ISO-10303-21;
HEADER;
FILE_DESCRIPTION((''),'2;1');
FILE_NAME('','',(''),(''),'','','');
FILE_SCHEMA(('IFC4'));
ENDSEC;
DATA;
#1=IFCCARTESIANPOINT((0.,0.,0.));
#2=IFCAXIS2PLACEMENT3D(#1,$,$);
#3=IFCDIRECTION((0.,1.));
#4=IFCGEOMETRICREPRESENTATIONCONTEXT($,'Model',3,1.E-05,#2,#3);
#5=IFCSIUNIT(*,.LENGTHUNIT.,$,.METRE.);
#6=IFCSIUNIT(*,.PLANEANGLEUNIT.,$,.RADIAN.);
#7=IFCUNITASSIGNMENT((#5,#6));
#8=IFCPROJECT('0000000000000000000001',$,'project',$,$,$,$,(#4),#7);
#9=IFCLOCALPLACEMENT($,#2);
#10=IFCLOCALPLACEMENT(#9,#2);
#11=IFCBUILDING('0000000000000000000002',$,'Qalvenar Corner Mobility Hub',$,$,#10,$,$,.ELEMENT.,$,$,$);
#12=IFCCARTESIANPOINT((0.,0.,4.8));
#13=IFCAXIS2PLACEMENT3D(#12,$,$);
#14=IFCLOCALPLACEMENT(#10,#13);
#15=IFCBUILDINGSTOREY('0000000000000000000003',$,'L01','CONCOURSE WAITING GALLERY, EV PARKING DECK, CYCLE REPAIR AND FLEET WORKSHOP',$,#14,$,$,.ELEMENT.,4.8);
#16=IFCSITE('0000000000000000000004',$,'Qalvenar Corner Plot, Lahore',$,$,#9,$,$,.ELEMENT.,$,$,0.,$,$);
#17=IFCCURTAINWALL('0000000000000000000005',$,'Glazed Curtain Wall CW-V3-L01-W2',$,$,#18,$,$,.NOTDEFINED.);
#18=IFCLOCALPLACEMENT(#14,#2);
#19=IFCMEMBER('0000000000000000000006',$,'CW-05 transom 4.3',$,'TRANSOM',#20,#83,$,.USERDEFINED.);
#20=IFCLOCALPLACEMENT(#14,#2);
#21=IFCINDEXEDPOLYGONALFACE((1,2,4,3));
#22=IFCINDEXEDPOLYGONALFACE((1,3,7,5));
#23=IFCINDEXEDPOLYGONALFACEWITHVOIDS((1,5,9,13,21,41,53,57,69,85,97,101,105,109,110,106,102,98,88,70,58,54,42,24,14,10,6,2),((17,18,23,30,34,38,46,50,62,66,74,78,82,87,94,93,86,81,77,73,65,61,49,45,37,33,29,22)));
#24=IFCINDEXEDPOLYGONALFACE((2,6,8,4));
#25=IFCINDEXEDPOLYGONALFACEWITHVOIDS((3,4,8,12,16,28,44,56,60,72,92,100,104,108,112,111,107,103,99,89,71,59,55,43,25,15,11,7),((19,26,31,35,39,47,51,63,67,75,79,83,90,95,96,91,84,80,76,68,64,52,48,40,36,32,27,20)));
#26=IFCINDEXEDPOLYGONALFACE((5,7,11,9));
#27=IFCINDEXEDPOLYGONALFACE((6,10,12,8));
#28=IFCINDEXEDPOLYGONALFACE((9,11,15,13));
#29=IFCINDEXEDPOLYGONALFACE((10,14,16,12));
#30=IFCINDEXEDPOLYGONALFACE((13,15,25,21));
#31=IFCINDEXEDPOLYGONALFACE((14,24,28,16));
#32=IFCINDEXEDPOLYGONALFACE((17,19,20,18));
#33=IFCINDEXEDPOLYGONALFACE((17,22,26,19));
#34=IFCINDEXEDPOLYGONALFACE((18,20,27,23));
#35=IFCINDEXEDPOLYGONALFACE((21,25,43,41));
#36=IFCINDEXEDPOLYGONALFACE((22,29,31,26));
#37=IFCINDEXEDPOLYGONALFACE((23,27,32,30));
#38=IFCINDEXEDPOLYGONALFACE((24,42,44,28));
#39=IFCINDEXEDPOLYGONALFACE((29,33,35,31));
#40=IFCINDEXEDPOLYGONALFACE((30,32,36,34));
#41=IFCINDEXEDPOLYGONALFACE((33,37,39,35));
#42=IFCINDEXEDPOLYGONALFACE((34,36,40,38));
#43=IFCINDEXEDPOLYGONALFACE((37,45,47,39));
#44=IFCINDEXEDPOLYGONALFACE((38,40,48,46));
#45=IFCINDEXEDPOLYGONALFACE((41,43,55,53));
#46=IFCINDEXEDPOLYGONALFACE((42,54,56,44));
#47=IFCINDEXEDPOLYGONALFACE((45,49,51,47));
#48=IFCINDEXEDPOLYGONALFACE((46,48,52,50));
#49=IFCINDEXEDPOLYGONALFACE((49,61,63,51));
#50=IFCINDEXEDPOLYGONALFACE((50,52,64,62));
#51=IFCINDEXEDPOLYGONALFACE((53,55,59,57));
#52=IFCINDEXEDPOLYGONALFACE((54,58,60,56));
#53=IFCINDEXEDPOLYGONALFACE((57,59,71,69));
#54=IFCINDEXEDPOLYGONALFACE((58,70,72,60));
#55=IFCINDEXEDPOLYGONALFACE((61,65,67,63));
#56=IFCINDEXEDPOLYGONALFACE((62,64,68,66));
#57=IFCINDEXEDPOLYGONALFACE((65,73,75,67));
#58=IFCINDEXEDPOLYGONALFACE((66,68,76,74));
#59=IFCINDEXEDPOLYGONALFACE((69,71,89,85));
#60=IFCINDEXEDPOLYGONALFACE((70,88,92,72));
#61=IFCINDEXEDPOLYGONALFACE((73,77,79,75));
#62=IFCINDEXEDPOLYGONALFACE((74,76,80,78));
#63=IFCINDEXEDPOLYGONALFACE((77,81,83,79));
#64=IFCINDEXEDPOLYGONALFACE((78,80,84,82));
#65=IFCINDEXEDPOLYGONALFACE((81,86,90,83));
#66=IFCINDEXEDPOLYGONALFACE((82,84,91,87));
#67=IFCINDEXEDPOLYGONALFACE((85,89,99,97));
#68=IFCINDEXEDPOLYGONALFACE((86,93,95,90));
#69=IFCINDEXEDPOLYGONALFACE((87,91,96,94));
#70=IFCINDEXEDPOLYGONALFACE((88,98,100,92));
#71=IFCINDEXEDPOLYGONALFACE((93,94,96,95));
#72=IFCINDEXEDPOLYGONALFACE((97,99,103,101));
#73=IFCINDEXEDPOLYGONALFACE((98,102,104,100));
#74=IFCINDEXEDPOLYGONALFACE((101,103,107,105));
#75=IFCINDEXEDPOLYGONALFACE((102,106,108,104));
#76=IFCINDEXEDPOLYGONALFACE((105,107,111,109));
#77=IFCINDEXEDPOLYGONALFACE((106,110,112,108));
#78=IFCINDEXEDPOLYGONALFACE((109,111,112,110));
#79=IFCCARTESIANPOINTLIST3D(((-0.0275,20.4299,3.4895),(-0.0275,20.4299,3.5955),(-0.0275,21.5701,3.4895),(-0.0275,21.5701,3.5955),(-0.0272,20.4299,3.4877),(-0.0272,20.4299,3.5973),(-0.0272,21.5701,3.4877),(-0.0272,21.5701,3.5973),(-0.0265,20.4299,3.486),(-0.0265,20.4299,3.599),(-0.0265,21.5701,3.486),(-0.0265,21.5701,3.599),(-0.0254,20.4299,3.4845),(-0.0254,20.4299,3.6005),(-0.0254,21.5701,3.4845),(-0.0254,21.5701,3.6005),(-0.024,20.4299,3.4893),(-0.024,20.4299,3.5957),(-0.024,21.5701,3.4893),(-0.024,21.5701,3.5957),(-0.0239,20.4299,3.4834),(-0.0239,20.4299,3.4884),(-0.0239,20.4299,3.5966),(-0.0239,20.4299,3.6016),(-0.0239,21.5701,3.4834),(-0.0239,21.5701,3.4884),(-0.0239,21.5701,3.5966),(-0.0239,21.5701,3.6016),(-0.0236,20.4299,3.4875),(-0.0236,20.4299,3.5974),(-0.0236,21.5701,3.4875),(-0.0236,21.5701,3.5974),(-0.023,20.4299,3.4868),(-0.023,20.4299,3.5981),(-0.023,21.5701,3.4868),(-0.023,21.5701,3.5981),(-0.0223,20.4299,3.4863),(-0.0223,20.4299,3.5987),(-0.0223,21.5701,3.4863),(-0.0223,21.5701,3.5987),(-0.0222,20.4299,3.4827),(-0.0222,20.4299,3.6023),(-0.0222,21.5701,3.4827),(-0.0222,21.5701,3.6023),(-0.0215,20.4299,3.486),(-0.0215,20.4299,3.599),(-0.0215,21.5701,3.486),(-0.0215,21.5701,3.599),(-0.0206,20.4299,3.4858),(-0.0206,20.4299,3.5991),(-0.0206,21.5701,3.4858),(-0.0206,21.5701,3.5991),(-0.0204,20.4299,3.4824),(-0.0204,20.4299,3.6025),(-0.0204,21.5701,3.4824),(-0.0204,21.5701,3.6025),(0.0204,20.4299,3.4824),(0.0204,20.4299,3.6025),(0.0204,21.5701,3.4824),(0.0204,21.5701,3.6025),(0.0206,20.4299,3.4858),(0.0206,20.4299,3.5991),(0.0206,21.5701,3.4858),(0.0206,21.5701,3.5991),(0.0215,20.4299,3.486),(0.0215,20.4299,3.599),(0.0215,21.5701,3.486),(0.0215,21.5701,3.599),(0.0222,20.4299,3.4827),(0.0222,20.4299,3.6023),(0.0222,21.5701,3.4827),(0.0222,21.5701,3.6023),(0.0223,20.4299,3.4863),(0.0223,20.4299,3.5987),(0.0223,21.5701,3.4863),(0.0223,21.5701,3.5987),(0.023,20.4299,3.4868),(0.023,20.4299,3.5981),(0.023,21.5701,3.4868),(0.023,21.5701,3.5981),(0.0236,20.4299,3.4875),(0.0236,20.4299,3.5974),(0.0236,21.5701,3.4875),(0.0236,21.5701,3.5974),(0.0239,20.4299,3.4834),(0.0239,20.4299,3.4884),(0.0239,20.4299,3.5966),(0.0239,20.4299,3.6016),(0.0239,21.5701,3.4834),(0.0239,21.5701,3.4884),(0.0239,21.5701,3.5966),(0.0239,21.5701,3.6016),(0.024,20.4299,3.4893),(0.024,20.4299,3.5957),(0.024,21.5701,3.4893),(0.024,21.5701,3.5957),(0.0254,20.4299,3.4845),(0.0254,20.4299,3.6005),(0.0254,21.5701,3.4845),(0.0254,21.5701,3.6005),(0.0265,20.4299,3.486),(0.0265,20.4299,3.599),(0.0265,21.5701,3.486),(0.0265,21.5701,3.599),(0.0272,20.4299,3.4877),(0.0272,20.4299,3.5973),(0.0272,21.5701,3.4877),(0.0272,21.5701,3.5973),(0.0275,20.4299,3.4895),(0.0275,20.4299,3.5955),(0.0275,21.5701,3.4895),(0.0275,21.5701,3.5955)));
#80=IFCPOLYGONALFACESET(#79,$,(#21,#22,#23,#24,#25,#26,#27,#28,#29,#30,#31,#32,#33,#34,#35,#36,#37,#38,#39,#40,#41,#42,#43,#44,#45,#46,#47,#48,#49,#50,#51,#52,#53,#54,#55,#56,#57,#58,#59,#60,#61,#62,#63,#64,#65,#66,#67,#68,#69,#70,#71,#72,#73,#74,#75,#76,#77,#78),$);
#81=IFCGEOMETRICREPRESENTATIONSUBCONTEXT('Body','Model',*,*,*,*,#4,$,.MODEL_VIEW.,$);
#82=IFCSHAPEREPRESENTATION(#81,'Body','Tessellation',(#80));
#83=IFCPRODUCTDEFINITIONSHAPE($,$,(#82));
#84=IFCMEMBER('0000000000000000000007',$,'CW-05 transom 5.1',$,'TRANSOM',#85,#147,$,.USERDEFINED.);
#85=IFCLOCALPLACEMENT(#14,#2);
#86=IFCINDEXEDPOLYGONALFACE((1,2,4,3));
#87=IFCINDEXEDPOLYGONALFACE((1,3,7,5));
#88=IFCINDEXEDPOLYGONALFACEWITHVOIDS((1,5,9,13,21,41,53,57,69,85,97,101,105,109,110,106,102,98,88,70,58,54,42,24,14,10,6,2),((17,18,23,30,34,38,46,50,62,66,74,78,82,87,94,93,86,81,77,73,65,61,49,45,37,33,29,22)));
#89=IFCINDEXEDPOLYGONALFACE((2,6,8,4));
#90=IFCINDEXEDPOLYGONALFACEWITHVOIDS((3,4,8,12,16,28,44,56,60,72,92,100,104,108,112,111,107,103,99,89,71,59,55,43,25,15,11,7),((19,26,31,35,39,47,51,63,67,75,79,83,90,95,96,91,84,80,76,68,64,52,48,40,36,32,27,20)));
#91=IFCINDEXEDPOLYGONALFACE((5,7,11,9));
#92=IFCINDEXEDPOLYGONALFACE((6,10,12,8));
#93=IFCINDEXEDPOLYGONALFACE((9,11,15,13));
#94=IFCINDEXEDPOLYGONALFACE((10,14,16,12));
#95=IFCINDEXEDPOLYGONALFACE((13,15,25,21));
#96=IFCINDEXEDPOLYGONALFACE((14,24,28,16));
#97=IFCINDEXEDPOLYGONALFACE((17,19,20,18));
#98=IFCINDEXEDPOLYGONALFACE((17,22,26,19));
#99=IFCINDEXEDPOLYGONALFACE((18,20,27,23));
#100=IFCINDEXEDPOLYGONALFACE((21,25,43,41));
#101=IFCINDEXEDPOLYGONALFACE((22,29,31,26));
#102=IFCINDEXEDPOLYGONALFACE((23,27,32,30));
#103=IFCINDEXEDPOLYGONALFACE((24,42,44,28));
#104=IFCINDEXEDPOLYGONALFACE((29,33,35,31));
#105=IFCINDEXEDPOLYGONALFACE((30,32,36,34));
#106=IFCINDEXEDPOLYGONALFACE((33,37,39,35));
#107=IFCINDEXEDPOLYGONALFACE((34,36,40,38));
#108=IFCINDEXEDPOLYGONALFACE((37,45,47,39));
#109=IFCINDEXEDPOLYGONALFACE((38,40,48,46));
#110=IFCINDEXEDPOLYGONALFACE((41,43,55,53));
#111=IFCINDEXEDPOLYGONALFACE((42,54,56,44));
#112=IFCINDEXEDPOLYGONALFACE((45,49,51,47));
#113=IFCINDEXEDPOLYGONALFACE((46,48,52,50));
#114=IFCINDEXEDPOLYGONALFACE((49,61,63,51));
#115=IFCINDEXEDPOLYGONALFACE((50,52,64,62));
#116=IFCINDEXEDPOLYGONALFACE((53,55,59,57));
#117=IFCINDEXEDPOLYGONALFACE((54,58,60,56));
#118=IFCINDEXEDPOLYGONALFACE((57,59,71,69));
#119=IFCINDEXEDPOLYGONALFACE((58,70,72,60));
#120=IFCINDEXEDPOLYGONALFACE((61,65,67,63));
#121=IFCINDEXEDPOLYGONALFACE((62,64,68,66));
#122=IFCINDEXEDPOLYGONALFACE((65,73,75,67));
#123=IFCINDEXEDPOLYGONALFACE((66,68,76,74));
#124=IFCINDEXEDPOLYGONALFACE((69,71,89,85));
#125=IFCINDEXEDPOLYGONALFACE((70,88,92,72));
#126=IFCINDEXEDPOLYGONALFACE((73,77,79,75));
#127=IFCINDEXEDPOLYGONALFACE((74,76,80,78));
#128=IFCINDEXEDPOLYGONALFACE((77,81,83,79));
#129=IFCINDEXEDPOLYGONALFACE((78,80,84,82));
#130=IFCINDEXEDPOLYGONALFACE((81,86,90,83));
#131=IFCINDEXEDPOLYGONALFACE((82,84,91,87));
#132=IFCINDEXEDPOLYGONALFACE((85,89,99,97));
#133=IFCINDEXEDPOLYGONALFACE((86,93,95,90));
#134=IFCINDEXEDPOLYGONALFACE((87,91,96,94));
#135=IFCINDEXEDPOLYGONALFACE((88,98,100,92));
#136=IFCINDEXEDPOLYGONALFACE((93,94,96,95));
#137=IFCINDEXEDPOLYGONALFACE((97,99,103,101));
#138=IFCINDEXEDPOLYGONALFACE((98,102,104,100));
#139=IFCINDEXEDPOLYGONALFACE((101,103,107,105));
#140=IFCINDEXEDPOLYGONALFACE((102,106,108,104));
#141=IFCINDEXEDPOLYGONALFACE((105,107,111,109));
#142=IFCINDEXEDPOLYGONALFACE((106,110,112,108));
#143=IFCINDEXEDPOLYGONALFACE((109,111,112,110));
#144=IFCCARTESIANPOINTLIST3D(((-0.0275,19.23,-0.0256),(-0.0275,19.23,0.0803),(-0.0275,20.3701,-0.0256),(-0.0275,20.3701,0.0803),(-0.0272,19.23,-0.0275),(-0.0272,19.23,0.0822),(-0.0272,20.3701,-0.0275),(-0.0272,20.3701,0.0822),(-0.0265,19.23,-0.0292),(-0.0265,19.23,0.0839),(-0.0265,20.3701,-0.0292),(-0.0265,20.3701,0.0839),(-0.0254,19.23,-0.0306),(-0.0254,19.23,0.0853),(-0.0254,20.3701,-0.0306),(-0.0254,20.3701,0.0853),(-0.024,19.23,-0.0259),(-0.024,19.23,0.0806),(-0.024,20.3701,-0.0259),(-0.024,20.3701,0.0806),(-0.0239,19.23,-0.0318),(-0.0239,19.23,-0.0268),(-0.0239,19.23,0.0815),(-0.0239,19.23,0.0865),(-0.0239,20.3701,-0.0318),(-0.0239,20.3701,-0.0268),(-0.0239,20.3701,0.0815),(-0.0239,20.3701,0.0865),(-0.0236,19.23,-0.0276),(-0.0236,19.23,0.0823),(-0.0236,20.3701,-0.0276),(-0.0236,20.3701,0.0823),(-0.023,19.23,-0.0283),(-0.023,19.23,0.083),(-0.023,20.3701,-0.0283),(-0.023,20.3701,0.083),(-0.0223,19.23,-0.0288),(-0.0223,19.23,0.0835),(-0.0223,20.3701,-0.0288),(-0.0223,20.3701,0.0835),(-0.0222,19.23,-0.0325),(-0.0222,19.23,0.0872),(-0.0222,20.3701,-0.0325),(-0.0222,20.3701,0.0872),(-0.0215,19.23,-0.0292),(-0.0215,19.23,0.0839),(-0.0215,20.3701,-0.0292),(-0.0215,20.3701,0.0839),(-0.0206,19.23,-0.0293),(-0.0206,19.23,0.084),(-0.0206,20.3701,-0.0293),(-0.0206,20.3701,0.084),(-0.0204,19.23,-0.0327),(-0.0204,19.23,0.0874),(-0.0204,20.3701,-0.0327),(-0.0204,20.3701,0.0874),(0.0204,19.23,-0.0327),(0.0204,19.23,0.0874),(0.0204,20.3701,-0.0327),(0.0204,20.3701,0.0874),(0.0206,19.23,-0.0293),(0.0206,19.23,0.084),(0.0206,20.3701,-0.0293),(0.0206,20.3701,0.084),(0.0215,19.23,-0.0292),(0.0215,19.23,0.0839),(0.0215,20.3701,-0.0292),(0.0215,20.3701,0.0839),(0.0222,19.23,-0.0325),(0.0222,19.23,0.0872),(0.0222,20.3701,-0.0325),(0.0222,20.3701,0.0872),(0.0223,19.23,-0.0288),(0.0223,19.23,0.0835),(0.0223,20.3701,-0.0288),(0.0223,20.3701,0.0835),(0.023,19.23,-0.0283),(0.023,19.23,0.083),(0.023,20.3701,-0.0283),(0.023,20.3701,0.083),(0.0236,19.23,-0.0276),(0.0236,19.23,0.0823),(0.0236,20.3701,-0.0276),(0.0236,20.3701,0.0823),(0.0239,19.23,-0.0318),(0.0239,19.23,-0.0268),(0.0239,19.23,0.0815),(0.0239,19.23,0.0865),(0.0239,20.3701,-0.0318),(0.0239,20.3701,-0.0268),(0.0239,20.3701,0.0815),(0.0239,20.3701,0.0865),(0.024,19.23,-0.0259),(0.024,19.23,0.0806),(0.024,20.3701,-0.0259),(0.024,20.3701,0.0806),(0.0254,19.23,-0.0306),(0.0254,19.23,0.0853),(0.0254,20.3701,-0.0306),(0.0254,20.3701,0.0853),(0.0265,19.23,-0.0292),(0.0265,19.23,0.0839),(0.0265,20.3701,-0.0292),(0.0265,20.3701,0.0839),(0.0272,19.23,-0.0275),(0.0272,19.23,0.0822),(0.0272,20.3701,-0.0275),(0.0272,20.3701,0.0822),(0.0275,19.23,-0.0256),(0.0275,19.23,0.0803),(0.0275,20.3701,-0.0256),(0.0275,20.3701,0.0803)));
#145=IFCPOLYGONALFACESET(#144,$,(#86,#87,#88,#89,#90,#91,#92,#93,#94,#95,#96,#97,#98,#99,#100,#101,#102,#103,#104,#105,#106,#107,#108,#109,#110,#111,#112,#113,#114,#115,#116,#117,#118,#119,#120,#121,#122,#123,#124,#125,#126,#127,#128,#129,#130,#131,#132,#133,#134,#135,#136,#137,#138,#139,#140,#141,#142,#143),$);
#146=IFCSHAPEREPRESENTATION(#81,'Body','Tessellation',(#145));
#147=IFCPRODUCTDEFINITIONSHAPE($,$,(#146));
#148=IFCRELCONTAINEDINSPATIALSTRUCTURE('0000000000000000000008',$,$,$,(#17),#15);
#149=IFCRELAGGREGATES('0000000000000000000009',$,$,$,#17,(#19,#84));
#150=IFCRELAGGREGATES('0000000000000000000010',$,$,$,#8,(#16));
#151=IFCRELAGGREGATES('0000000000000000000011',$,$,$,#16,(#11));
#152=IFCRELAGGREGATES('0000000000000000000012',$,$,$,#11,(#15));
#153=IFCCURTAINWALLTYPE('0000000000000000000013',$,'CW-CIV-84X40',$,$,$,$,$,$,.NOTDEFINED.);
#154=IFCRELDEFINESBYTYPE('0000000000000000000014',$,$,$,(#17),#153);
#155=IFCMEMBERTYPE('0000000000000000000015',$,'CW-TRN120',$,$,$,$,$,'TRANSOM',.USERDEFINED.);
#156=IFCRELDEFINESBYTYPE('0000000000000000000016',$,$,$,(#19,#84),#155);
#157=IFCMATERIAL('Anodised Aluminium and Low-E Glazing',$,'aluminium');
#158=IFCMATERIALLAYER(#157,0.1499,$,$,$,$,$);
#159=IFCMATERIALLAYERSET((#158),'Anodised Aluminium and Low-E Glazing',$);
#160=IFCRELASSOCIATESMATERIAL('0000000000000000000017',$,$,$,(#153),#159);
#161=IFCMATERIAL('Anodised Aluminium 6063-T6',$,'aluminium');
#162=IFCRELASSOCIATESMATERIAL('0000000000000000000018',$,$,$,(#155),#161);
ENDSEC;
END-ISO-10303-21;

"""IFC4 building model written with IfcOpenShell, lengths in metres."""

from ifc_helpers import new_model, si_unit, direction, frame, origin, origin_2d, place, context, subcontext, project, spatial, hollow_rectangle, extrude, material, layer, layer_set, material_profile, profile_set, type_object, element, aggregate, save


model = new_model("IFC4")

# Units and contexts
model_context = context("Model", 3, precision=1e-05, world=origin(), true_north=direction((0.0, 1.0)))
body_context = subcontext(model_context, "Body", "Model", "MODEL_VIEW")
ifc_project = project(units=[si_unit("LENGTHUNIT", "METRE"), si_unit("PLANEANGLEUNIT", "RADIAN")], contexts=[model_context])

# Site, building, storey
site_placement = place(None, origin())
site = spatial("IfcSite", under=ifc_project, at=site_placement, Name="Qalvenar Corner Plot, Lahore", CompositionType="ELEMENT", RefElevation=0.0)
building_placement = place(site_placement, origin())
building = spatial("IfcBuilding", under=site, at=building_placement, Name="Qalvenar Corner Mobility Hub", CompositionType="ELEMENT")
storey_placement = place(building_placement, frame((0.0, 0.0, 4.8)))
storey = spatial("IfcBuildingStorey", under=building, at=storey_placement, Name="L01", Description="CONCOURSE WAITING GALLERY, EV PARKING DECK, CYCLE REPAIR AND FLEET WORKSHOP", CompositionType="ELEMENT", Elevation=4.8)

# Curtain wall, members
ifc_material_1 = material(Name="Anodised Aluminium and Low-E Glazing", Category="aluminium")
ifc_layer_1 = layer(ifc_material_1, 0.1499)
ifc_layer_set_1 = layer_set([ifc_layer_1], Name="Anodised Aluminium and Low-E Glazing")
curtain_wall_type = type_object("IfcCurtainWallType", Name="CW-CIV-84X40", PredefinedType="NOTDEFINED", material=ifc_layer_set_1)
curtain_wall_placement = place(storey_placement, origin())
curtain_wall = element("IfcCurtainWall", 1, at=curtain_wall_placement, inside=storey, type_object=curtain_wall_type, Name="Glazed Curtain Wall CW-V3-L01-W2", PredefinedType="NOTDEFINED")
ifc_material_2 = material(Name="Anodised Aluminium 6063-T6", Category="aluminium")
ifc_material_profile_1 = material_profile(ifc_material_2, hollow_rectangle(XDim=0.0549, YDim=0.1201, WallThickness=0.0034, InnerFilletRadius=0.0034, OuterFilletRadius=0.0071, at=origin_2d()), Name="RHS120x55x3.5")
ifc_profile_set_1 = profile_set([ifc_material_profile_1], Name="Anodised Aluminium 6063-T6")
member_type_1 = type_object("IfcMemberType", Name="CW-TRN120", ElementType="TRANSOM", PredefinedType="USERDEFINED", material=ifc_profile_set_1)
member_1_placement = place(storey_placement, frame((0.0, 21.5701, 3.5425), z_axis=(0.0, -1.0, 0.0), x_axis=(1.0, 0.0, 0.0)))
member_1 = element("IfcMember", 2, at=member_1_placement, type_object=member_type_1, Name="CW-05 transom 4.3", ObjectType="TRANSOM", PredefinedType="USERDEFINED", context=body_context, shape_type="SweptSolid", body=[
    extrude(hollow_rectangle(XDim=0.0549, YDim=0.1201, WallThickness=0.0034, InnerFilletRadius=0.0034, OuterFilletRadius=0.0071, at=origin_2d()), origin(), (0.0, 0.0, 1.0), 1.1401),
])
member_2_placement = place(storey_placement, frame((0.0, 20.3701, 0.0273), z_axis=(0.0, -1.0, 0.0), x_axis=(1.0, 0.0, 0.0)))
member_2 = element("IfcMember", 3, at=member_2_placement, type_object=member_type_1, Name="CW-05 transom 5.1", ObjectType="TRANSOM", PredefinedType="USERDEFINED", context=body_context, shape_type="SweptSolid", body=[
    extrude(hollow_rectangle(XDim=0.0549, YDim=0.1201, WallThickness=0.0034, InnerFilletRadius=0.0034, OuterFilletRadius=0.0071, at=origin_2d()), origin(), (0.0, 0.0, 1.0), 1.1401),
])
aggregate(curtain_wall, [member_1, member_2])

save(model, "model.ifc")
